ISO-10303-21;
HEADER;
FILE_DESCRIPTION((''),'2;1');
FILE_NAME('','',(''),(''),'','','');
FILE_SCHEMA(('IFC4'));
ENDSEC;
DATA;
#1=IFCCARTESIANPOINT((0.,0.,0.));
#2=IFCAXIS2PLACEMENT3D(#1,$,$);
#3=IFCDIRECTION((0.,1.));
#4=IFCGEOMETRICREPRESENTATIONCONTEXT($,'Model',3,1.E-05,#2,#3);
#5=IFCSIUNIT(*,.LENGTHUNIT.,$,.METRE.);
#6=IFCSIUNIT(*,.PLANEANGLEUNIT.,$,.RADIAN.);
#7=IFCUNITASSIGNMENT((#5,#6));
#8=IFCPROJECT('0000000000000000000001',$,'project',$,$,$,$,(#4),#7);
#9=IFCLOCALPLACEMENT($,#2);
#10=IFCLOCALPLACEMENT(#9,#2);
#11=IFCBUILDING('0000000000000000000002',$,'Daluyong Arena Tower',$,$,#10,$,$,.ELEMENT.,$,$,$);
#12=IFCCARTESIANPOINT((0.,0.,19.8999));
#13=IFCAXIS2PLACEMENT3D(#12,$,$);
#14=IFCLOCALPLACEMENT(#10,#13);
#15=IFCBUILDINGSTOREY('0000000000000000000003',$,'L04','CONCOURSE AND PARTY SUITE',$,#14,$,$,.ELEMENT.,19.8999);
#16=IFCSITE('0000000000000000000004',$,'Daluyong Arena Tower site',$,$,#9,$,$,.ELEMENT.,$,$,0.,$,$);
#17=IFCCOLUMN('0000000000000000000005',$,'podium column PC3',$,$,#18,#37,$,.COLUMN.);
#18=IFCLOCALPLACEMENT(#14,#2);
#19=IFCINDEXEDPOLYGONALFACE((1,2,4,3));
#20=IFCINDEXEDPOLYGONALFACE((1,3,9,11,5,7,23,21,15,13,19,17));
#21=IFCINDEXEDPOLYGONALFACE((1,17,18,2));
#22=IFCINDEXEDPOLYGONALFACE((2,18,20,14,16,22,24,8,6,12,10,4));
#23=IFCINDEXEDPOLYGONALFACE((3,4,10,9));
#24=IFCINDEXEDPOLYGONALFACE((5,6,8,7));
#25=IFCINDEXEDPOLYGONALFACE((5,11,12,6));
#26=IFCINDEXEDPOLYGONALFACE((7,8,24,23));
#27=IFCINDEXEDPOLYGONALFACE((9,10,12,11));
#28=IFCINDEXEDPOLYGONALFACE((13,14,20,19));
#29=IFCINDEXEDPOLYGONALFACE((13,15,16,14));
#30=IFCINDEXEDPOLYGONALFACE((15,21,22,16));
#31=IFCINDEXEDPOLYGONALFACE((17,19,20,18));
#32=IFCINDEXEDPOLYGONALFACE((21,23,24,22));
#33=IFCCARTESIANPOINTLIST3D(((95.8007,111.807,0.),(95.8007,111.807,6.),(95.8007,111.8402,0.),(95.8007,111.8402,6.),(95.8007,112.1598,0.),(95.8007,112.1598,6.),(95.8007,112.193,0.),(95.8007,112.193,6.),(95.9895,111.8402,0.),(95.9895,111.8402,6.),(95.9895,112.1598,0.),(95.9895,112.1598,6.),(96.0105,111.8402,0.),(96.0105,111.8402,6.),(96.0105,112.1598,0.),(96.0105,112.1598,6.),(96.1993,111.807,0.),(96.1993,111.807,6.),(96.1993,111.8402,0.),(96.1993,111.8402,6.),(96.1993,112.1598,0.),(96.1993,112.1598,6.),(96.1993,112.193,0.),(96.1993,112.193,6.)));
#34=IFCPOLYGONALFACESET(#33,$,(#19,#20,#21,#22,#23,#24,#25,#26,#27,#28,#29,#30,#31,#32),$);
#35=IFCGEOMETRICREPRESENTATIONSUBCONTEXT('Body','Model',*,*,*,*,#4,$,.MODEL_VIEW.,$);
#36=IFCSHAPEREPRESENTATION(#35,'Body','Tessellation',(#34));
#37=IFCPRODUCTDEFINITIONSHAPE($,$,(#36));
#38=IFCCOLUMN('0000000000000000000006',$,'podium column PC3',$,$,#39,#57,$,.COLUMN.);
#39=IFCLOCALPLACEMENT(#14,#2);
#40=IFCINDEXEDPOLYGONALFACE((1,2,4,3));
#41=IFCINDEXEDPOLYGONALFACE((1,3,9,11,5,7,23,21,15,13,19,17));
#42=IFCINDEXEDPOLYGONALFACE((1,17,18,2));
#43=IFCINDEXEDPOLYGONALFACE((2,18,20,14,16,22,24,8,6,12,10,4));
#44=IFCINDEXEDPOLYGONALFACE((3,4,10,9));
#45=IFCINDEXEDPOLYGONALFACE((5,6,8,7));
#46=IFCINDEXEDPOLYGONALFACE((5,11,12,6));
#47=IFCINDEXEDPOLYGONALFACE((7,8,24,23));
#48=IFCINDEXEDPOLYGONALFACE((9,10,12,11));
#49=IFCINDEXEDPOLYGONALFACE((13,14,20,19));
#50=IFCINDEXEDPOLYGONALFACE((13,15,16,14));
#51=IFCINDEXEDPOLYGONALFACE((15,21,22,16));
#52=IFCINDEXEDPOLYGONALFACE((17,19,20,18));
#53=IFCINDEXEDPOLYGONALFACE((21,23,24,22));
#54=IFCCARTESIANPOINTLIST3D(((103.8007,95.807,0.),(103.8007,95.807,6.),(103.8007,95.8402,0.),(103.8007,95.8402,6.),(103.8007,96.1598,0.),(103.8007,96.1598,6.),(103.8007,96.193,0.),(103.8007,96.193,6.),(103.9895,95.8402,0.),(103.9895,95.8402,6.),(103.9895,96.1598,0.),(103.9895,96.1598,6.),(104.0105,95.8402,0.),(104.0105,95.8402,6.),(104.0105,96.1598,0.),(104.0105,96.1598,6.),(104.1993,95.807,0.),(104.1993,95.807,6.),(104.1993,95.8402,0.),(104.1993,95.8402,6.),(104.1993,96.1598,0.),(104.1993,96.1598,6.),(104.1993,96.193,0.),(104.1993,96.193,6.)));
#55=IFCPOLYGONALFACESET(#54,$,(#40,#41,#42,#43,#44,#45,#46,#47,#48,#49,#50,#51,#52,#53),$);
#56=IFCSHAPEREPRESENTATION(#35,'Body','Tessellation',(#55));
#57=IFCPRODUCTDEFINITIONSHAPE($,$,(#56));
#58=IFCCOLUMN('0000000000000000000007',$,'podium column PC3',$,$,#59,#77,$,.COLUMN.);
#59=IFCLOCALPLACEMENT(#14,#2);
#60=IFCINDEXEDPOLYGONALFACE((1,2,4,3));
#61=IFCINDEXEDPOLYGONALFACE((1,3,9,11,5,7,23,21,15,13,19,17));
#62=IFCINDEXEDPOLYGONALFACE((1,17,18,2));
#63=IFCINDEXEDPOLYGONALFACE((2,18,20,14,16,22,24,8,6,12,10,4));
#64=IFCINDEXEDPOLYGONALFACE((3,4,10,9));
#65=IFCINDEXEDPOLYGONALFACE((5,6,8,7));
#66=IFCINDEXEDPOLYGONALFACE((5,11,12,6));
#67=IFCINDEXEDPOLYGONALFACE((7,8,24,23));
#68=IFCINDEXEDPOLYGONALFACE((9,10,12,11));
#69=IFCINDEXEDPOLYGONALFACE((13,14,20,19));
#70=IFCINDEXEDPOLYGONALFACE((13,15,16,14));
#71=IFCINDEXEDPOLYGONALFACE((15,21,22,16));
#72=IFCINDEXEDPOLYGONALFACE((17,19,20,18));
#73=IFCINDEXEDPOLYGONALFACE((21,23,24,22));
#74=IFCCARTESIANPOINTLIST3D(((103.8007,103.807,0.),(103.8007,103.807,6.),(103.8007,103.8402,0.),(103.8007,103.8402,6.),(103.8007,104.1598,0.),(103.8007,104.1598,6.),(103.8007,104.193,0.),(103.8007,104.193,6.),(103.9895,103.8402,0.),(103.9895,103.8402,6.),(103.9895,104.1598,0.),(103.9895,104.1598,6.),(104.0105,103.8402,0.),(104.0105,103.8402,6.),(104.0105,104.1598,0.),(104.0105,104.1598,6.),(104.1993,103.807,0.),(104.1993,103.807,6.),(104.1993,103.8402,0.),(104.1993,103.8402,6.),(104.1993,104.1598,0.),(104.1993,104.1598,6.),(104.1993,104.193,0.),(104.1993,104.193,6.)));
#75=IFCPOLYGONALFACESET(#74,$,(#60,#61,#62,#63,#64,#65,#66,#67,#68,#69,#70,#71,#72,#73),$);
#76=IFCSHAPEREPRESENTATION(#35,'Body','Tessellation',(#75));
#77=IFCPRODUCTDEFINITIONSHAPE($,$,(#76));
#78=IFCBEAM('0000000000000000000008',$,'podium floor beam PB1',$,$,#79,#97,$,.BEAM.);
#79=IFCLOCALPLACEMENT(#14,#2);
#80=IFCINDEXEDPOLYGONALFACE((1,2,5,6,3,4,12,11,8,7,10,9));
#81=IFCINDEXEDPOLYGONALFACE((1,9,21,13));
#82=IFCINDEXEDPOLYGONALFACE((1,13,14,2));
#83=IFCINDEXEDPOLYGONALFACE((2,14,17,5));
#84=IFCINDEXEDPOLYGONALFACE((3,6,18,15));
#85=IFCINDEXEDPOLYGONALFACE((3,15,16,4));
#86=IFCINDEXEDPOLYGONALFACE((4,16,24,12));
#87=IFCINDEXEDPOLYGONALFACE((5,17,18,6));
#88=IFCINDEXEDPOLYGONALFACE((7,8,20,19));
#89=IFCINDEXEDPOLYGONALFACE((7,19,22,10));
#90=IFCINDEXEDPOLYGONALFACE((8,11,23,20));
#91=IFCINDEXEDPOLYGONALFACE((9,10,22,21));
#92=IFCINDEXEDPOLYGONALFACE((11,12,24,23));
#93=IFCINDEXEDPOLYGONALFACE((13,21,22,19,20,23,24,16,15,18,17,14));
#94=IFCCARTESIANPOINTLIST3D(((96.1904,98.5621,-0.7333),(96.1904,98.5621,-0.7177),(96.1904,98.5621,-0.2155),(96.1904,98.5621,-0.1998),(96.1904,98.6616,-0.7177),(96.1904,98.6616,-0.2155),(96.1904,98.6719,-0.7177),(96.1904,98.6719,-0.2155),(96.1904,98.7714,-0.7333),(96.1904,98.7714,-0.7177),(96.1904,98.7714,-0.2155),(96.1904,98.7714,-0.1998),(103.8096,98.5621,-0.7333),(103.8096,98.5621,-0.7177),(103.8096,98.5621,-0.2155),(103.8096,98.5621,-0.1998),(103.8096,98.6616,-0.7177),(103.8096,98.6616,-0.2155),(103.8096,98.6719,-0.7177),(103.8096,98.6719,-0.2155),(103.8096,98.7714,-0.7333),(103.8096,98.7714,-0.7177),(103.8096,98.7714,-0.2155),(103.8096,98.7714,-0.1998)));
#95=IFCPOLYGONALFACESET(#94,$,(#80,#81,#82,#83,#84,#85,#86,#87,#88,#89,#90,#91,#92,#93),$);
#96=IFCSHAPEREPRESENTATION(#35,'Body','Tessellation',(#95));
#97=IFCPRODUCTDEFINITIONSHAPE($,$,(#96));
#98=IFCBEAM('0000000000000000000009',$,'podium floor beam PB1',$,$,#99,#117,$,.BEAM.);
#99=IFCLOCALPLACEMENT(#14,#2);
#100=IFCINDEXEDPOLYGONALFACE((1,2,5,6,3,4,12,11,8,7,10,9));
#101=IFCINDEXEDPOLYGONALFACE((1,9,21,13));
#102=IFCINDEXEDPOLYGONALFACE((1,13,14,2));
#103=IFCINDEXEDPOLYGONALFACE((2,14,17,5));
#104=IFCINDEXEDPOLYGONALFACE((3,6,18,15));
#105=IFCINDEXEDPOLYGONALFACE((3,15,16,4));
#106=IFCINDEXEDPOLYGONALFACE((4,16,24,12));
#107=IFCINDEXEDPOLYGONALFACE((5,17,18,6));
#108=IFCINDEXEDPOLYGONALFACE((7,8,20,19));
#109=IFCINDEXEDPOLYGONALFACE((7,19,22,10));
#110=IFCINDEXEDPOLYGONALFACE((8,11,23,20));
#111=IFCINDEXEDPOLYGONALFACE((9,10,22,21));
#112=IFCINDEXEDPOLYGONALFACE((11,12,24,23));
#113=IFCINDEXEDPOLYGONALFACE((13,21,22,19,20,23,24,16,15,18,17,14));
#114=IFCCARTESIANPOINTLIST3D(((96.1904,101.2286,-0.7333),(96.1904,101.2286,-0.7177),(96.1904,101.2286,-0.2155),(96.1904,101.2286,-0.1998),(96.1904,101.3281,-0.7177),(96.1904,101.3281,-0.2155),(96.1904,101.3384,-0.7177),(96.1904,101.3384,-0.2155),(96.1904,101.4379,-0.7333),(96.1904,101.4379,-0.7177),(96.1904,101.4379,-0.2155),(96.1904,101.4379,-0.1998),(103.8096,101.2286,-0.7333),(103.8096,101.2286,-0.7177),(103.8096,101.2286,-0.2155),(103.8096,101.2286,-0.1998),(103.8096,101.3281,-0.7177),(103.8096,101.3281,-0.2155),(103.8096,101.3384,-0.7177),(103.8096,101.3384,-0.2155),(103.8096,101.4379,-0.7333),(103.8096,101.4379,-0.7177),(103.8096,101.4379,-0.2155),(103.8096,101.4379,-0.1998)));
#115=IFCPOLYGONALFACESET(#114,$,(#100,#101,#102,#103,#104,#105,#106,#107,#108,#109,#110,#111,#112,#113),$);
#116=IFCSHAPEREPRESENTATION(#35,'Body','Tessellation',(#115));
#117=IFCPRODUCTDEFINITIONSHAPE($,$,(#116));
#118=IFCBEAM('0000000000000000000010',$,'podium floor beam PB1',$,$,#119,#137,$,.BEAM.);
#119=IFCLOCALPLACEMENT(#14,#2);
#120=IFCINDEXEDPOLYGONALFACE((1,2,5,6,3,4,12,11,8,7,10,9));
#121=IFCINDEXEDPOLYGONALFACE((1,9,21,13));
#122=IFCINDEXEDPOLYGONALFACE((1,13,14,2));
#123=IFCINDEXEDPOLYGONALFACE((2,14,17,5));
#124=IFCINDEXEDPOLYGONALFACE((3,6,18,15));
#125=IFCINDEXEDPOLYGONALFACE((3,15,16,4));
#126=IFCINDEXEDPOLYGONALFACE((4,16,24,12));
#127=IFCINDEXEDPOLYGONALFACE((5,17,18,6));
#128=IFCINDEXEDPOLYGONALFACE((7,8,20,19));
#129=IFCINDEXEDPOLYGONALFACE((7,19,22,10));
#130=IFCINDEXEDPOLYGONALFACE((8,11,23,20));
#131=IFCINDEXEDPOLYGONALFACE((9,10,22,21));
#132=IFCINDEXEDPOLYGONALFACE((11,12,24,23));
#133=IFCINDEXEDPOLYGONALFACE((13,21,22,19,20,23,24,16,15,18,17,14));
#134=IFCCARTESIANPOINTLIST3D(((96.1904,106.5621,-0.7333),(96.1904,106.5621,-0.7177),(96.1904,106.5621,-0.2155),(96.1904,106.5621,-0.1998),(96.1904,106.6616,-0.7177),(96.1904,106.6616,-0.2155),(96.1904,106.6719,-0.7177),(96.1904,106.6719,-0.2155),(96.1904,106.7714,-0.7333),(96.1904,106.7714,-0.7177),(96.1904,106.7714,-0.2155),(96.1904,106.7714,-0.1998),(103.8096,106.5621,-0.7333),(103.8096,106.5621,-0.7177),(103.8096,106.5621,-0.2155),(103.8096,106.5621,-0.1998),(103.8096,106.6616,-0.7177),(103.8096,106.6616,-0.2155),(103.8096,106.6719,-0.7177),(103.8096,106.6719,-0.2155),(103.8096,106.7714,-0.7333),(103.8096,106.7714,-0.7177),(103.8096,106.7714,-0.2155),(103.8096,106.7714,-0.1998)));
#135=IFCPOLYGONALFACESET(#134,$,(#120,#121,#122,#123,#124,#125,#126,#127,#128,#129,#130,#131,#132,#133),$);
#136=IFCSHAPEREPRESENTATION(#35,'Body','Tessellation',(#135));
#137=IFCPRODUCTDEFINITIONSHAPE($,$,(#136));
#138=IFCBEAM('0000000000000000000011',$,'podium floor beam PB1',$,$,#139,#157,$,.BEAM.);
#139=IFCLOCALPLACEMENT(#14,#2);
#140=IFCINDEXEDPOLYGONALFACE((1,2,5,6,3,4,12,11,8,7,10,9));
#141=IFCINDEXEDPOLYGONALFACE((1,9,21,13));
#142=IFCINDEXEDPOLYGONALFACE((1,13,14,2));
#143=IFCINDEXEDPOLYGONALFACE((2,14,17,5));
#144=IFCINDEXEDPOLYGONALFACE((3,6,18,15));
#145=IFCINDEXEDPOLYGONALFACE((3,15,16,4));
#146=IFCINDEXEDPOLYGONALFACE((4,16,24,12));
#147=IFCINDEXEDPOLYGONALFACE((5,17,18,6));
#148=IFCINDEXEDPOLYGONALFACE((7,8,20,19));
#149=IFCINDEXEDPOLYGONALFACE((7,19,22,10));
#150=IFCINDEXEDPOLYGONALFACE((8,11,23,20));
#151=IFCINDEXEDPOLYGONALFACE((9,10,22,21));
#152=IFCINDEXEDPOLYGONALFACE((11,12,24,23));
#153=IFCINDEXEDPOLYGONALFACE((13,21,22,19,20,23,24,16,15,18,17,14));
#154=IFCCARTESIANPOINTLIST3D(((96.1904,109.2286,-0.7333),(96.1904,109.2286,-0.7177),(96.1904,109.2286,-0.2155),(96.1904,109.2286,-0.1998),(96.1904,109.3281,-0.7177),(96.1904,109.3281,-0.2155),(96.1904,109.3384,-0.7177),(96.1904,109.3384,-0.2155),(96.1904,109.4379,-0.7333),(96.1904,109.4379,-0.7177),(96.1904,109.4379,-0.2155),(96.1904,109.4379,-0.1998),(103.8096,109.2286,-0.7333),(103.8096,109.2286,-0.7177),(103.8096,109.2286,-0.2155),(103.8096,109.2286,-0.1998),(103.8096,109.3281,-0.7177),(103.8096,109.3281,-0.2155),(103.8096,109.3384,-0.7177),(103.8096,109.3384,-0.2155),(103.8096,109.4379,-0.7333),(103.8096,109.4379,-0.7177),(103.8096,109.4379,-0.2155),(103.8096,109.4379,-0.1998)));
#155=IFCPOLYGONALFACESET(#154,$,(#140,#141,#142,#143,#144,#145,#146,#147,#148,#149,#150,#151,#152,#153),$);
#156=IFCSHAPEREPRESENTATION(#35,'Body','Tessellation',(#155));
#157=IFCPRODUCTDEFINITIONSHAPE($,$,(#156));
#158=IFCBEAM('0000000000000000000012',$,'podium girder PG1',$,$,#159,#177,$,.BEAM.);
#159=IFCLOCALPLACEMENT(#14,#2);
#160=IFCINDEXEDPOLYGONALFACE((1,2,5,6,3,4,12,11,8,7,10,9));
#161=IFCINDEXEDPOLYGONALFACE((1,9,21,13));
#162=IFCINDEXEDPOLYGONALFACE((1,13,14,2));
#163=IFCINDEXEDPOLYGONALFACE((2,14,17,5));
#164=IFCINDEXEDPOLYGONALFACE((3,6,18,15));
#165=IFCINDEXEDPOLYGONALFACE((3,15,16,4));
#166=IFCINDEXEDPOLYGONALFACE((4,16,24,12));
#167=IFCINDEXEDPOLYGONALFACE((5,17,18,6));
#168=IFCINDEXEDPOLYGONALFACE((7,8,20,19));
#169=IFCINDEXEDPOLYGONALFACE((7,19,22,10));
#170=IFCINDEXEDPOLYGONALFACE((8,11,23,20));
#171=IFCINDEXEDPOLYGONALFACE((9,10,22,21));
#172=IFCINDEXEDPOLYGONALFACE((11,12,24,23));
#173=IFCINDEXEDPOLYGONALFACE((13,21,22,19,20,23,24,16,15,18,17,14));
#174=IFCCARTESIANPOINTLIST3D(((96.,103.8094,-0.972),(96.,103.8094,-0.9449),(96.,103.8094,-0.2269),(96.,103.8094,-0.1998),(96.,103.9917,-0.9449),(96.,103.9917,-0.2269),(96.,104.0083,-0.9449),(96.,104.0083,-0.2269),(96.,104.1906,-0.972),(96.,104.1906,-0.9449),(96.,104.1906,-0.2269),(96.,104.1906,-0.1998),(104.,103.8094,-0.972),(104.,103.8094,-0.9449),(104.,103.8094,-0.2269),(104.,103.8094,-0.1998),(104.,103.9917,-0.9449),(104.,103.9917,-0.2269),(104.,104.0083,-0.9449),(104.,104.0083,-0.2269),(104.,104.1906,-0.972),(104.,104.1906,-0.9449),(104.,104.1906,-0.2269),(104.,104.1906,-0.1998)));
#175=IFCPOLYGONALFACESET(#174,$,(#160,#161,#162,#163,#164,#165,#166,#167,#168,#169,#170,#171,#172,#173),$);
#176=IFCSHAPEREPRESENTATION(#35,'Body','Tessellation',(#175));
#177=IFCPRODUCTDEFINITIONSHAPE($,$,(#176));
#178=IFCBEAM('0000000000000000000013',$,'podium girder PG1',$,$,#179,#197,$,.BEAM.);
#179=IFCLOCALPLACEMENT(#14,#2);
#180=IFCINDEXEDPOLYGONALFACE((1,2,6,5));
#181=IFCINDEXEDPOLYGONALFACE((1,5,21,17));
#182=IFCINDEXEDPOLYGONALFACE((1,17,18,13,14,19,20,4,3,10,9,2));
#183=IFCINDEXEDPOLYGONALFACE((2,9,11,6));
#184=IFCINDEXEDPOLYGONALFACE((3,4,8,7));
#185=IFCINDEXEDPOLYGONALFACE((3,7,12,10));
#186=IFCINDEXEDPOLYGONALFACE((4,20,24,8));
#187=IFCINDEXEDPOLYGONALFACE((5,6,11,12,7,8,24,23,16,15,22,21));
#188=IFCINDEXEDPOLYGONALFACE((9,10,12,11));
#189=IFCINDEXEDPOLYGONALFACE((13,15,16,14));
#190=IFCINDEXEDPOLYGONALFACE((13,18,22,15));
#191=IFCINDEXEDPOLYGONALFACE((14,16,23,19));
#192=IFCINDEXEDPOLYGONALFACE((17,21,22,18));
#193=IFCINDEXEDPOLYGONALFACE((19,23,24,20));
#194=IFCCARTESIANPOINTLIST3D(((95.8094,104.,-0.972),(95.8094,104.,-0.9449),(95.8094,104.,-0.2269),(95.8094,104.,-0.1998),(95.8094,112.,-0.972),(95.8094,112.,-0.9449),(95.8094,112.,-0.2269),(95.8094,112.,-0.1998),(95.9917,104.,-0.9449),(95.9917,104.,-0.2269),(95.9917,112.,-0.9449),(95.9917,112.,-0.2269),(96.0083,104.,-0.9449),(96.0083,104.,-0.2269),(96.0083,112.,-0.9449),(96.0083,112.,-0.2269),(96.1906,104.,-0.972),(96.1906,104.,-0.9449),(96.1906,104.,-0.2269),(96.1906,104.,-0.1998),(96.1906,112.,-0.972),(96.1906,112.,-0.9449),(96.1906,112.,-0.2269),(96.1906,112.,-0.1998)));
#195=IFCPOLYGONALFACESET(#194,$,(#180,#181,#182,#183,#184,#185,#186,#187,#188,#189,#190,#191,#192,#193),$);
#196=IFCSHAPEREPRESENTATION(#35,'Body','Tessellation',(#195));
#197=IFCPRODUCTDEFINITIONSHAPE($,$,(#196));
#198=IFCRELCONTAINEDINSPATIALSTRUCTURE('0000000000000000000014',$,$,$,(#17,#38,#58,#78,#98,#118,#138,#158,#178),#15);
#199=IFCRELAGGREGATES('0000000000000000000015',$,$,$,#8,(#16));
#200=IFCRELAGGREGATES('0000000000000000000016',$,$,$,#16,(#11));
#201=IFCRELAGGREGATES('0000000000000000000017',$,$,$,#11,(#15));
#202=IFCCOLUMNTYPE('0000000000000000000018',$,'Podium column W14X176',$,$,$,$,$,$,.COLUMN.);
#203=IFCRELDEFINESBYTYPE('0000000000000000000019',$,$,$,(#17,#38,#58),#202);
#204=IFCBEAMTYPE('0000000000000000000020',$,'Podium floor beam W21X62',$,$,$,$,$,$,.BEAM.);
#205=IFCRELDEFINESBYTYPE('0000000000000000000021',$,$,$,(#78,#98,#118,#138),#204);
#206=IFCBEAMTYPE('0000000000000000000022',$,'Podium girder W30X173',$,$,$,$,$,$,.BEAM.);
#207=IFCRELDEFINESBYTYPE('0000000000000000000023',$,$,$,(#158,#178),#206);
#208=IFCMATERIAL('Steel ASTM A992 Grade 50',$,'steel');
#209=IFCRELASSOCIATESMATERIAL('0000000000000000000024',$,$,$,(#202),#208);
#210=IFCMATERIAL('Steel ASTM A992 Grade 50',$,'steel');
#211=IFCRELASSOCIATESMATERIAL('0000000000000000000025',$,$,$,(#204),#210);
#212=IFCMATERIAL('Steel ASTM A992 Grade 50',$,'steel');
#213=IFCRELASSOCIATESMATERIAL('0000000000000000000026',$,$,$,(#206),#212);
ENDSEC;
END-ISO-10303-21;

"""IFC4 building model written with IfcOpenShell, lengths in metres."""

from ifc_helpers import new_model, si_unit, direction, frame, origin, origin_2d, place, context, subcontext, project, spatial, i_section, extrude, material, material_profile, profile_set, type_object, element, save


model = new_model("IFC4")

# Units and contexts
model_context = context("Model", 3, precision=1e-05, world=origin(), true_north=direction((0.0, 1.0)))
body_context = subcontext(model_context, "Body", "Model", "MODEL_VIEW")
ifc_project = project(units=[si_unit("LENGTHUNIT", "METRE"), si_unit("PLANEANGLEUNIT", "RADIAN")], contexts=[model_context])

# Site, building, storey
site_placement = place(None, origin())
site = spatial("IfcSite", under=ifc_project, at=site_placement, Name="Daluyong Arena Tower site", CompositionType="ELEMENT", RefElevation=0.0)
building_placement = place(site_placement, origin())
building = spatial("IfcBuilding", under=site, at=building_placement, Name="Daluyong Arena Tower", CompositionType="ELEMENT")
storey_placement = place(building_placement, frame((0.0, 0.0, 19.8999)))
storey = spatial("IfcBuildingStorey", under=building, at=storey_placement, Name="L04", Description="CONCOURSE AND PARTY SUITE", CompositionType="ELEMENT", Elevation=19.8999)

# Columns
ifc_material_1 = material(Name="Steel ASTM A992 Grade 50", Category="steel")
ifc_material_profile_1 = material_profile(ifc_material_1, i_section(OverallWidth=0.3987, OverallDepth=0.386, WebThickness=0.021, FlangeThickness=0.0332, at=origin_2d()))
ifc_profile_set_1 = profile_set([ifc_material_profile_1], Name="Steel ASTM A992 Grade 50")
column_type = type_object("IfcColumnType", Name="Podium column W14X176", PredefinedType="COLUMN", material=ifc_profile_set_1)
for number, where, z_axis, x_axis, name in (
    (1, (96.0, 112.0, 0.0), (0.0, 0.0, 1.0), (1.0, 0.0, 0.0), "podium column PC3"),
    (2, (104.0, 96.0, 0.0), (0.0, 0.0, 1.0), (1.0, 0.0, 0.0), "podium column PC3"),
    (3, (104.0, 104.0, 0.0), (0.0, 0.0, 1.0), (1.0, 0.0, 0.0), "podium column PC3"),
):
    element("IfcColumn", number, at=place(storey_placement, frame(where, z_axis=z_axis, x_axis=x_axis)), inside=storey, type_object=column_type, Name=name, PredefinedType="COLUMN", context=body_context, shape_type="SweptSolid", body=[
        extrude(i_section(OverallWidth=0.3987, OverallDepth=0.386, WebThickness=0.021, FlangeThickness=0.0332, at=origin_2d()), origin(), (0.0, 0.0, 1.0), 6.0),
    ])

# Beams
ifc_material_2 = material(Name="Steel ASTM A992 Grade 50", Category="steel")
ifc_material_profile_2 = material_profile(ifc_material_2, i_section(OverallWidth=0.2092, OverallDepth=0.5334, WebThickness=0.0103, FlangeThickness=0.0156, at=origin_2d()))
ifc_profile_set_2 = profile_set([ifc_material_profile_2], Name="Steel ASTM A992 Grade 50")
beam_type_1 = type_object("IfcBeamType", Name="Podium floor beam W21X62", PredefinedType="BEAM", material=ifc_profile_set_2)
for number, where, z_axis, x_axis, name in (
    (4, (96.1904, 98.6667, -0.4666), (1.0, 0.0, 0.0), (0.0, 1.0, 0.0), "podium floor beam PB1"),
    (5, (96.1904, 101.3333, -0.4666), (1.0, 0.0, 0.0), (0.0, 1.0, 0.0), "podium floor beam PB1"),
    (6, (96.1904, 106.6667, -0.4666), (1.0, 0.0, 0.0), (0.0, 1.0, 0.0), "podium floor beam PB1"),
    (7, (96.1904, 109.3333, -0.4666), (1.0, 0.0, 0.0), (0.0, 1.0, 0.0), "podium floor beam PB1"),
):
    element("IfcBeam", number, at=place(storey_placement, frame(where, z_axis=z_axis, x_axis=x_axis)), inside=storey, type_object=beam_type_1, Name=name, PredefinedType="BEAM", context=body_context, shape_type="SweptSolid", body=[
        extrude(i_section(OverallWidth=0.2092, OverallDepth=0.5334, WebThickness=0.0103, FlangeThickness=0.0156, at=origin_2d()), origin(), (0.0, 0.0, 1.0), 7.6191),
    ])
ifc_material_3 = material(Name="Steel ASTM A992 Grade 50", Category="steel")
ifc_material_profile_3 = material_profile(ifc_material_3, i_section(OverallWidth=0.3811, OverallDepth=0.7722, WebThickness=0.0166, FlangeThickness=0.0271, at=origin_2d()))
ifc_profile_set_3 = profile_set([ifc_material_profile_3], Name="Steel ASTM A992 Grade 50")
beam_type_2 = type_object("IfcBeamType", Name="Podium girder W30X173", PredefinedType="BEAM", material=ifc_profile_set_3)
for number, where, z_axis, x_axis, name in (
    (8, (96.0, 104.0, -0.5859), (1.0, 0.0, 0.0), (0.0, 1.0, 0.0), "podium girder PG1"),
    (9, (96.0, 104.0, -0.5859), (0.0, 1.0, 0.0), (-1.0, 0.0, 0.0), "podium girder PG1"),
):
    element("IfcBeam", number, at=place(storey_placement, frame(where, z_axis=z_axis, x_axis=x_axis)), inside=storey, type_object=beam_type_2, Name=name, PredefinedType="BEAM", context=body_context, shape_type="SweptSolid", body=[
        extrude(i_section(OverallWidth=0.3811, OverallDepth=0.7722, WebThickness=0.0166, FlangeThickness=0.0271, at=origin_2d()), origin(), (0.0, 0.0, 1.0), 8.0),
    ])

save(model, "model.ifc")
